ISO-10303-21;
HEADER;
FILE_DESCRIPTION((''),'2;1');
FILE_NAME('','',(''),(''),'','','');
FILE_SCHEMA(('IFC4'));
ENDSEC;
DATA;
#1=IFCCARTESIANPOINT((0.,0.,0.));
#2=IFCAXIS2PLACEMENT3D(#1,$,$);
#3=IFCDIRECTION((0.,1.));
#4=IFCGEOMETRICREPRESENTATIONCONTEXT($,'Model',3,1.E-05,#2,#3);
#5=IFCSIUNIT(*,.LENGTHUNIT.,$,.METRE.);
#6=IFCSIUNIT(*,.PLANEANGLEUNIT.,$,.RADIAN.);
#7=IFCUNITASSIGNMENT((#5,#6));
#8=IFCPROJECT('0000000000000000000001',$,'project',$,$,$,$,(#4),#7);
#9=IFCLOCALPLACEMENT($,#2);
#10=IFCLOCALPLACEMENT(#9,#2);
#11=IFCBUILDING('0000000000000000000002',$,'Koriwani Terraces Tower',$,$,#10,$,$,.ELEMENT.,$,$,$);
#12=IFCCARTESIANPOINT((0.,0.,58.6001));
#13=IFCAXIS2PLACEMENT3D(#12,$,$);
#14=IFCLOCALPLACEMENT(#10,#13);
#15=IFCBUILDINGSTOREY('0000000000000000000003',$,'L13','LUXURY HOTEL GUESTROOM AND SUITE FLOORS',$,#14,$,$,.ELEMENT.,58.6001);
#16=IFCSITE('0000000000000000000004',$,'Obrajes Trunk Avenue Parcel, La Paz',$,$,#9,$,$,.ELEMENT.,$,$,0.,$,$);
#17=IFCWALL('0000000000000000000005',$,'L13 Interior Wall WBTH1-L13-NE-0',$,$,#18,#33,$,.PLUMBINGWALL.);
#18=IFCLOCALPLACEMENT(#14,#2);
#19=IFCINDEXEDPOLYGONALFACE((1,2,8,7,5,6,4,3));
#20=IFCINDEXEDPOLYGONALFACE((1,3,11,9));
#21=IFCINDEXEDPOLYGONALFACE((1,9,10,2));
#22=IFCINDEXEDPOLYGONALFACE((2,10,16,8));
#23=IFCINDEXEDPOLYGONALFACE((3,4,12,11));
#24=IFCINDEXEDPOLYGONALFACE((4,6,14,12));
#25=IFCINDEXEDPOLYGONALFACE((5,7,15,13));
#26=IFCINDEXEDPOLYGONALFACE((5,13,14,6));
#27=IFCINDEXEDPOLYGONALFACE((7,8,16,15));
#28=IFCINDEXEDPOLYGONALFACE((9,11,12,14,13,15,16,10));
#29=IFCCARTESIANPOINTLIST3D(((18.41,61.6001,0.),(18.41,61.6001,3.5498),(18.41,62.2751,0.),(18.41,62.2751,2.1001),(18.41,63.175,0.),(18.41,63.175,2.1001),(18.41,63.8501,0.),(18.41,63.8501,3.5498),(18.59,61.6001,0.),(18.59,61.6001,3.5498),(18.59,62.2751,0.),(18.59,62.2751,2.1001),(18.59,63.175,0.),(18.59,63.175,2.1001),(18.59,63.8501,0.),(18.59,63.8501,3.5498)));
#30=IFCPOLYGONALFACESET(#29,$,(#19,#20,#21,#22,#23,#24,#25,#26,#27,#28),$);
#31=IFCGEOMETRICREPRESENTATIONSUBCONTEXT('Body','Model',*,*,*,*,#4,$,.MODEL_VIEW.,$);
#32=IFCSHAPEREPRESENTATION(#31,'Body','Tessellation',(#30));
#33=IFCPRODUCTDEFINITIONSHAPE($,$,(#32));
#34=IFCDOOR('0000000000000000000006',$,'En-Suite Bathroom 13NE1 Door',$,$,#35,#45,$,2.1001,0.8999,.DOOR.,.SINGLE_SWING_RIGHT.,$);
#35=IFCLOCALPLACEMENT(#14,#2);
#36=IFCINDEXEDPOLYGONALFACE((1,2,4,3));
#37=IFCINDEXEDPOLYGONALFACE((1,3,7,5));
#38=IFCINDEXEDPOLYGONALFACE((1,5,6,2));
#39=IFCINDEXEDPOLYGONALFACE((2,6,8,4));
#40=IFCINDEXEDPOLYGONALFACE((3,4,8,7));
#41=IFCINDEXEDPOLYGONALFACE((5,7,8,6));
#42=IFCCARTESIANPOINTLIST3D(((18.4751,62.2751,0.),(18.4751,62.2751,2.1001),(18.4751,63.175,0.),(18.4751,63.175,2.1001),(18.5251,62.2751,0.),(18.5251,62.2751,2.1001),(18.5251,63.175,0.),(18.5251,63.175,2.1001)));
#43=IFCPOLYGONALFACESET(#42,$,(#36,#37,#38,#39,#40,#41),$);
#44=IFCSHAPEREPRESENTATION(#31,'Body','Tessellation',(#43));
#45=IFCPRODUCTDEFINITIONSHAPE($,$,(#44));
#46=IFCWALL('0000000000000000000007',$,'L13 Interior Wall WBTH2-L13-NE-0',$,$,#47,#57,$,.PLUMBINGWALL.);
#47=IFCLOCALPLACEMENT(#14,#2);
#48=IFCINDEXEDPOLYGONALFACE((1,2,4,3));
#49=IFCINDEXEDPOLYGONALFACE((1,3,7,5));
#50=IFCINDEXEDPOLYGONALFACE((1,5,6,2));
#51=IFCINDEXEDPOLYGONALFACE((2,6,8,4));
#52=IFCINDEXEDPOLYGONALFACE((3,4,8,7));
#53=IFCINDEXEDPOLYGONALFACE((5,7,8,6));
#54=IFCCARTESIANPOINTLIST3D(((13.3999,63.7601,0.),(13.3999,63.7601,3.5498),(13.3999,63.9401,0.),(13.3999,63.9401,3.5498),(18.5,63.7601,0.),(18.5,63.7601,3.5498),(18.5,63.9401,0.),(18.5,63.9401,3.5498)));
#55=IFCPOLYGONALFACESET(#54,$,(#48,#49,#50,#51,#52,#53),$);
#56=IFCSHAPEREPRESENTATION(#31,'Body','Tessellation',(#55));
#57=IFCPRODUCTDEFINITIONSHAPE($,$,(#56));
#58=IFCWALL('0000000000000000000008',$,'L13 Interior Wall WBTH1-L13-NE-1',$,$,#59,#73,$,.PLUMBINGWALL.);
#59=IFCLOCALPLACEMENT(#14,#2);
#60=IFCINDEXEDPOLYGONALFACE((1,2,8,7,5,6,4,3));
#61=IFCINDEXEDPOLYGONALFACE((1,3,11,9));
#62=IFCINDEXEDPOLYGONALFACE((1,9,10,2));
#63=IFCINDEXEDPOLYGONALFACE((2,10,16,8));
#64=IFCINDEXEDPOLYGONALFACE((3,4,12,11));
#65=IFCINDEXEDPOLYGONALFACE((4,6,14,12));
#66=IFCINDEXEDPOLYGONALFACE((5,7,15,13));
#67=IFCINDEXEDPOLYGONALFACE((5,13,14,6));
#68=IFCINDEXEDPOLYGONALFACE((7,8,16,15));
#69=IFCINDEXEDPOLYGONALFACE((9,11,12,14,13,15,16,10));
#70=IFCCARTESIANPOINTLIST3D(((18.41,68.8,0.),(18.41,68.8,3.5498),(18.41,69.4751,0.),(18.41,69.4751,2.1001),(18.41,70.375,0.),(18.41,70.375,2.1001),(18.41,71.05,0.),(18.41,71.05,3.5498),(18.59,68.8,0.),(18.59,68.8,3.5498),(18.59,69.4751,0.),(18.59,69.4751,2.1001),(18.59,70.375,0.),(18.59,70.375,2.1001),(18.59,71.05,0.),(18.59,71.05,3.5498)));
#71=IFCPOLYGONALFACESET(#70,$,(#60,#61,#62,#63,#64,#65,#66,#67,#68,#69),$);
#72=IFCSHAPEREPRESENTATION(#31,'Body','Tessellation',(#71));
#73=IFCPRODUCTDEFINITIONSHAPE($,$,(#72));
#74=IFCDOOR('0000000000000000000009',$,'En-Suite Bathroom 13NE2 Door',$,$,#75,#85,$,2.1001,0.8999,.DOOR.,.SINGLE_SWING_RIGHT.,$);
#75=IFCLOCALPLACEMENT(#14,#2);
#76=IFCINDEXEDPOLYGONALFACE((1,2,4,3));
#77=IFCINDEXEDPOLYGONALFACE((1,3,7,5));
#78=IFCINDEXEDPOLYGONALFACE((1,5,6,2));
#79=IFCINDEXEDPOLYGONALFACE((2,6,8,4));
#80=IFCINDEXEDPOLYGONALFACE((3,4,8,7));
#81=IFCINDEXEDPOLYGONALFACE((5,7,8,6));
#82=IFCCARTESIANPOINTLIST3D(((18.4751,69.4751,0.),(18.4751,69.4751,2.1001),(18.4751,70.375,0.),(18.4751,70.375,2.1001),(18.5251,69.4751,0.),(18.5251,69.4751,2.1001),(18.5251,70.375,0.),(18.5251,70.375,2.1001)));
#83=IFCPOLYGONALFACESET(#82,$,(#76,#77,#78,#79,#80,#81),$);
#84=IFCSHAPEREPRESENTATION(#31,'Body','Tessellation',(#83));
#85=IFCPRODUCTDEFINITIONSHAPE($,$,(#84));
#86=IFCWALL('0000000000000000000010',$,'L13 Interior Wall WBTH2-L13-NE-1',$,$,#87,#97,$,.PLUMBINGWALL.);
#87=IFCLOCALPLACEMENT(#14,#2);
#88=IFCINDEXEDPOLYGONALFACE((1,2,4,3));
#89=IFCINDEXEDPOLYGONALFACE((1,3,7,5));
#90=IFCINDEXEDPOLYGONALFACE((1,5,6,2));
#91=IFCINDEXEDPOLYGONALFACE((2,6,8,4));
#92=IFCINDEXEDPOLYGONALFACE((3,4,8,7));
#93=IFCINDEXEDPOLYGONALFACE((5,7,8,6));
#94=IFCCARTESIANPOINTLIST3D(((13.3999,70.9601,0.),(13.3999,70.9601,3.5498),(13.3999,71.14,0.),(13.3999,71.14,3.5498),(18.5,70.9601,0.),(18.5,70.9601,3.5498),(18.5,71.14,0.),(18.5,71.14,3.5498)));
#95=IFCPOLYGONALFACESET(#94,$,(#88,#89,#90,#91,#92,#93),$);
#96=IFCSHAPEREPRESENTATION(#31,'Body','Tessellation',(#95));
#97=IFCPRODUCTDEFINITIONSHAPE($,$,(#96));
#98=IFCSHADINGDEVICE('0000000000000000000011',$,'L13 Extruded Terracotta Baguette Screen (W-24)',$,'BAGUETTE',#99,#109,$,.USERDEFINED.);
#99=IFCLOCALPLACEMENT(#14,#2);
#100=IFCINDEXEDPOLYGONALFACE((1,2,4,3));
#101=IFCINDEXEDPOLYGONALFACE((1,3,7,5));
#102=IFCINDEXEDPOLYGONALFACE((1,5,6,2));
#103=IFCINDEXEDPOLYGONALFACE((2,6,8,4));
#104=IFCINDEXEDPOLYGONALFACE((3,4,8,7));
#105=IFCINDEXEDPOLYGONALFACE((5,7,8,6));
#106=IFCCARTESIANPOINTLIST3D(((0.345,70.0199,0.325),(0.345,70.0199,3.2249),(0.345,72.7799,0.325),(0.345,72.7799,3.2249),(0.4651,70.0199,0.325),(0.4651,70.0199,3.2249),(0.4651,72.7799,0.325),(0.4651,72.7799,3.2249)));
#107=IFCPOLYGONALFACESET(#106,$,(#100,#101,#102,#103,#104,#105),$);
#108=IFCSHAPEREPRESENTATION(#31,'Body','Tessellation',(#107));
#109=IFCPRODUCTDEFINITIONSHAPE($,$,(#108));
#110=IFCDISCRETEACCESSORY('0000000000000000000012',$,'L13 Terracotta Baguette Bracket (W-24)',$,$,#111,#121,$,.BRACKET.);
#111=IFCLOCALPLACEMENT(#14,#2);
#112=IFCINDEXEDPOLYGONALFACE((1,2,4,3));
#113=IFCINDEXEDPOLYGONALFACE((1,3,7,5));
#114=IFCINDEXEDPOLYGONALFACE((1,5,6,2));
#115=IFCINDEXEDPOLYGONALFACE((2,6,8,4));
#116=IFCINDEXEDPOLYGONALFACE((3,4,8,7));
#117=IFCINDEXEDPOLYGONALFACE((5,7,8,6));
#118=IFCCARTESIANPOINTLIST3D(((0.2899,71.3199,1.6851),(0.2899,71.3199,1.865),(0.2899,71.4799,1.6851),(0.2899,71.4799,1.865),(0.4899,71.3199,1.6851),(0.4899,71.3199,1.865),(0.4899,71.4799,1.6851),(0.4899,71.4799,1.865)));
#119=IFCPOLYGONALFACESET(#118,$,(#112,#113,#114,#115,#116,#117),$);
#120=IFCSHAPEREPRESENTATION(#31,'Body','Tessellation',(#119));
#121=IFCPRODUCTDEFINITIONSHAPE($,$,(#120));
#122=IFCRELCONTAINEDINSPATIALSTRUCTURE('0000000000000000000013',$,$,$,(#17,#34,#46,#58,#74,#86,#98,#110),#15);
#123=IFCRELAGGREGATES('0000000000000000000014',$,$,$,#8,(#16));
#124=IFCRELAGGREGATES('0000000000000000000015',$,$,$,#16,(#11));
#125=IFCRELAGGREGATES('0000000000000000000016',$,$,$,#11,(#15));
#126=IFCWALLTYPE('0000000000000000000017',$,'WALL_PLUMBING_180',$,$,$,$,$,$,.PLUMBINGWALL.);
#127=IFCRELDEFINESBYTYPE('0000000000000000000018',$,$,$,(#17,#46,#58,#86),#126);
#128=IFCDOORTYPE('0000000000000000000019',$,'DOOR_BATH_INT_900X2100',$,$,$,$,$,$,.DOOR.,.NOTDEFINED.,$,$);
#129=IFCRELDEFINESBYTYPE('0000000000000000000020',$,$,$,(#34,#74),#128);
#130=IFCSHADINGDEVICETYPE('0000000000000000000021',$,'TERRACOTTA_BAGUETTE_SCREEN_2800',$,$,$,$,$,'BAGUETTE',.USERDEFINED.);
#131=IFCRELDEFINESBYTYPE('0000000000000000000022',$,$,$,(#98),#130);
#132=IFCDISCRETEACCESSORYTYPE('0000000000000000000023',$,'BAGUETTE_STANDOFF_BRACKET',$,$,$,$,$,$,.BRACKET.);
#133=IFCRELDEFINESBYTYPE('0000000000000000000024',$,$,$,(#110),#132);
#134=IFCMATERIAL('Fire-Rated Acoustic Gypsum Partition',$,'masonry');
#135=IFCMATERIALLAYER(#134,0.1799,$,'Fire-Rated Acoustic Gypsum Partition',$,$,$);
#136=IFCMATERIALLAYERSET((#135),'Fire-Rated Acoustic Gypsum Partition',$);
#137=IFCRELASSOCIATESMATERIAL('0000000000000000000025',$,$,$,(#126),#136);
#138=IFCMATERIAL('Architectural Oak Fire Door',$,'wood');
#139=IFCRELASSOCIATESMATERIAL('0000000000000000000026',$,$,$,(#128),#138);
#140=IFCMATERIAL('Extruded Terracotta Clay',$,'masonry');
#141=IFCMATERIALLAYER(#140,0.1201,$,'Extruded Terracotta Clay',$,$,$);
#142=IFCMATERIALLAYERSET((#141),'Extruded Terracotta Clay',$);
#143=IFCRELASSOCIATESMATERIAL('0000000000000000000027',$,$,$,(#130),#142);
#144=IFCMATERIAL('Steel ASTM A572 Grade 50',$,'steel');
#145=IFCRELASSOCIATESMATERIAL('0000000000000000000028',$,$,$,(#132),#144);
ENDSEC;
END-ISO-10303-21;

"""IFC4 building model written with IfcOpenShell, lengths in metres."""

from ifc_helpers import new_model, si_unit, direction, frame, frame_2d, origin, origin_2d, place, context, subcontext, project, spatial, rectangle, extrude, material, layer, layer_set, type_object, element, fill, save


model = new_model("IFC4")

# Units and contexts
model_context = context("Model", 3, precision=1e-05, world=origin(), true_north=direction((0.0, 1.0)))
body_context = subcontext(model_context, "Body", "Model", "MODEL_VIEW")
ifc_project = project(units=[si_unit("LENGTHUNIT", "METRE"), si_unit("PLANEANGLEUNIT", "RADIAN")], contexts=[model_context])

# Site, building, storey
site_placement = place(None, origin())
site = spatial("IfcSite", under=ifc_project, at=site_placement, Name="Obrajes Trunk Avenue Parcel, La Paz", CompositionType="ELEMENT", RefElevation=0.0)
building_placement = place(site_placement, origin())
building = spatial("IfcBuilding", under=site, at=building_placement, Name="Koriwani Terraces Tower", CompositionType="ELEMENT")
storey_placement = place(building_placement, frame((0.0, 0.0, 58.6001)))
storey = spatial("IfcBuildingStorey", under=building, at=storey_placement, Name="L13", Description="LUXURY HOTEL GUESTROOM AND SUITE FLOORS", CompositionType="ELEMENT", Elevation=58.6001)

# Shared definitions
ifc_material_1 = material(Name="Steel ASTM A572 Grade 50", Category="steel")

# Shared definitions
ifc_material_2 = material(Name="Architectural Oak Fire Door", Category="wood")

# Wall, opening, door
ifc_material_3 = material(Name="Fire-Rated Acoustic Gypsum Partition", Category="masonry")
ifc_layer_1 = layer(ifc_material_3, 0.1799, Name="Fire-Rated Acoustic Gypsum Partition")
ifc_layer_set_1 = layer_set([ifc_layer_1], Name="Fire-Rated Acoustic Gypsum Partition")
wall_type_1 = type_object("IfcWallType", Name="WALL_PLUMBING_180", PredefinedType="PLUMBINGWALL", material=ifc_layer_set_1)
wall_1_placement = place(storey_placement, frame((18.5, 61.6001, 0.0), z_axis=(0.0, 0.0, 1.0), x_axis=(0.0, 1.0, 0.0)))
wall_1 = element("IfcWall", 1, at=wall_1_placement, inside=storey, type_object=wall_type_1, Name="L13 Interior Wall WBTH1-L13-NE-0", PredefinedType="PLUMBINGWALL", context=body_context, shape_type="SweptSolid", body=[
    extrude(rectangle(XDim=2.25, YDim=0.1799, at=frame_2d((1.125, 0.0))), origin(), (0.0, 0.0, 1.0), 3.5498),
])
opening_1_placement = place(wall_1_placement, frame((0.675, 0.0, 0.0)))
opening_1 = element("IfcOpeningElement", 2, at=opening_1_placement, cuts=wall_1, PredefinedType="OPENING", context=body_context, shape_type="SweptSolid", body=[
    extrude(rectangle(XDim=0.8999, YDim=2.1001, at=frame_2d((0.45, 1.05))), frame((0.0, 0.1001, 0.0), z_axis=(0.0, -1.0, 0.0), x_axis=(1.0, 0.0, 0.0)), (0.0, 0.0, 1.0), 0.2),
])
door_type_1 = type_object("IfcDoorType", Name="DOOR_BATH_INT_900X2100", OperationType="NOTDEFINED", PredefinedType="DOOR", material=ifc_material_2)
door_1_placement = place(opening_1_placement, origin())
door_1 = element("IfcDoor", 3, at=door_1_placement, inside=storey, type_object=door_type_1, Name="En-Suite Bathroom 13NE1 Door", OperationType="SINGLE_SWING_RIGHT", OverallHeight=2.1001, OverallWidth=0.8999, PredefinedType="DOOR", context=body_context, shape_type="SweptSolid", body=[
    extrude(rectangle(XDim=0.8999, YDim=2.1001, at=frame_2d((0.45, 1.05))), frame((0.0, 0.0249, 0.0), z_axis=(0.0, -1.0, 0.0), x_axis=(1.0, 0.0, 0.0)), (0.0, 0.0, 1.0), 0.05),
])
fill(opening_1, door_1)

# Wall
wall_2_placement = place(storey_placement, frame((13.3999, 63.8501, 0.0), z_axis=(0.0, 0.0, 1.0), x_axis=(1.0, 0.0, 0.0)))
element("IfcWall", 4, at=wall_2_placement, inside=storey, type_object=wall_type_1, Name="L13 Interior Wall WBTH2-L13-NE-0", PredefinedType="PLUMBINGWALL", context=body_context, shape_type="SweptSolid", body=[
    extrude(rectangle(XDim=5.1001, YDim=0.1799, at=frame_2d((2.55, 0.0))), origin(), (0.0, 0.0, 1.0), 3.5498),
])

# Wall, opening, door
wall_3_placement = place(storey_placement, frame((18.5, 68.8, 0.0), z_axis=(0.0, 0.0, 1.0), x_axis=(0.0, 1.0, 0.0)))
wall_3 = element("IfcWall", 5, at=wall_3_placement, inside=storey, type_object=wall_type_1, Name="L13 Interior Wall WBTH1-L13-NE-1", PredefinedType="PLUMBINGWALL", context=body_context, shape_type="SweptSolid", body=[
    extrude(rectangle(XDim=2.25, YDim=0.1799, at=frame_2d((1.125, 0.0))), origin(), (0.0, 0.0, 1.0), 3.5498),
])
opening_2_placement = place(wall_3_placement, frame((0.675, 0.0, 0.0)))
opening_2 = element("IfcOpeningElement", 6, at=opening_2_placement, cuts=wall_3, PredefinedType="OPENING", context=body_context, shape_type="SweptSolid", body=[
    extrude(rectangle(XDim=0.8999, YDim=2.1001, at=frame_2d((0.45, 1.05))), frame((0.0, 0.1001, 0.0), z_axis=(0.0, -1.0, 0.0), x_axis=(1.0, 0.0, 0.0)), (0.0, 0.0, 1.0), 0.2),
])
door_2_placement = place(opening_2_placement, origin())
door_2 = element("IfcDoor", 7, at=door_2_placement, inside=storey, type_object=door_type_1, Name="En-Suite Bathroom 13NE2 Door", OperationType="SINGLE_SWING_RIGHT", OverallHeight=2.1001, OverallWidth=0.8999, PredefinedType="DOOR", context=body_context, shape_type="SweptSolid", body=[
    extrude(rectangle(XDim=0.8999, YDim=2.1001, at=frame_2d((0.45, 1.05))), frame((0.0, 0.0249, 0.0), z_axis=(0.0, -1.0, 0.0), x_axis=(1.0, 0.0, 0.0)), (0.0, 0.0, 1.0), 0.05),
])
fill(opening_2, door_2)

# Wall
wall_4_placement = place(storey_placement, frame((13.3999, 71.05, 0.0), z_axis=(0.0, 0.0, 1.0), x_axis=(1.0, 0.0, 0.0)))
element("IfcWall", 8, at=wall_4_placement, inside=storey, type_object=wall_type_1, Name="L13 Interior Wall WBTH2-L13-NE-1", PredefinedType="PLUMBINGWALL", context=body_context, shape_type="SweptSolid", body=[
    extrude(rectangle(XDim=5.1001, YDim=0.1799, at=frame_2d((2.55, 0.0))), origin(), (0.0, 0.0, 1.0), 3.5498),
])

# Shading device
ifc_material_4 = material(Name="Extruded Terracotta Clay", Category="masonry")
ifc_layer_2 = layer(ifc_material_4, 0.1201, Name="Extruded Terracotta Clay")
ifc_layer_set_2 = layer_set([ifc_layer_2], Name="Extruded Terracotta Clay")
shading_device_type = type_object("IfcShadingDeviceType", Name="TERRACOTTA_BAGUETTE_SCREEN_2800", ElementType="BAGUETTE", PredefinedType="USERDEFINED", material=ifc_layer_set_2)
shading_device_placement = place(storey_placement, frame((0.405, 71.3999, 0.325), z_axis=(0.0, 0.0, 1.0), x_axis=(0.0, 1.0, 0.0)))
element("IfcShadingDevice", 9, at=shading_device_placement, inside=storey, type_object=shading_device_type, Name="L13 Extruded Terracotta Baguette Screen (W-24)", ObjectType="BAGUETTE", PredefinedType="USERDEFINED", context=body_context, shape_type="SweptSolid", body=[
    extrude(rectangle(XDim=2.76, YDim=0.1201, at=origin_2d()), origin(), (0.0, 0.0, 1.0), 2.8999),
])

# Discrete accessory
discrete_accessory_type = type_object("IfcDiscreteAccessoryType", Name="BAGUETTE_STANDOFF_BRACKET", PredefinedType="BRACKET", material=ifc_material_1)
discrete_accessory_placement = place(storey_placement, frame((0.3899, 71.3999, 1.6851), z_axis=(0.0, 0.0, 1.0), x_axis=(0.0, 1.0, 0.0)))
element("IfcDiscreteAccessory", 10, at=discrete_accessory_placement, inside=storey, type_object=discrete_accessory_type, Name="L13 Terracotta Baguette Bracket (W-24)", PredefinedType="BRACKET", context=body_context, shape_type="SweptSolid", body=[
    extrude(rectangle(XDim=0.1599, YDim=0.2, at=origin_2d()), origin(), (0.0, 0.0, 1.0), 0.1799),
])

save(model, "model.ifc")
